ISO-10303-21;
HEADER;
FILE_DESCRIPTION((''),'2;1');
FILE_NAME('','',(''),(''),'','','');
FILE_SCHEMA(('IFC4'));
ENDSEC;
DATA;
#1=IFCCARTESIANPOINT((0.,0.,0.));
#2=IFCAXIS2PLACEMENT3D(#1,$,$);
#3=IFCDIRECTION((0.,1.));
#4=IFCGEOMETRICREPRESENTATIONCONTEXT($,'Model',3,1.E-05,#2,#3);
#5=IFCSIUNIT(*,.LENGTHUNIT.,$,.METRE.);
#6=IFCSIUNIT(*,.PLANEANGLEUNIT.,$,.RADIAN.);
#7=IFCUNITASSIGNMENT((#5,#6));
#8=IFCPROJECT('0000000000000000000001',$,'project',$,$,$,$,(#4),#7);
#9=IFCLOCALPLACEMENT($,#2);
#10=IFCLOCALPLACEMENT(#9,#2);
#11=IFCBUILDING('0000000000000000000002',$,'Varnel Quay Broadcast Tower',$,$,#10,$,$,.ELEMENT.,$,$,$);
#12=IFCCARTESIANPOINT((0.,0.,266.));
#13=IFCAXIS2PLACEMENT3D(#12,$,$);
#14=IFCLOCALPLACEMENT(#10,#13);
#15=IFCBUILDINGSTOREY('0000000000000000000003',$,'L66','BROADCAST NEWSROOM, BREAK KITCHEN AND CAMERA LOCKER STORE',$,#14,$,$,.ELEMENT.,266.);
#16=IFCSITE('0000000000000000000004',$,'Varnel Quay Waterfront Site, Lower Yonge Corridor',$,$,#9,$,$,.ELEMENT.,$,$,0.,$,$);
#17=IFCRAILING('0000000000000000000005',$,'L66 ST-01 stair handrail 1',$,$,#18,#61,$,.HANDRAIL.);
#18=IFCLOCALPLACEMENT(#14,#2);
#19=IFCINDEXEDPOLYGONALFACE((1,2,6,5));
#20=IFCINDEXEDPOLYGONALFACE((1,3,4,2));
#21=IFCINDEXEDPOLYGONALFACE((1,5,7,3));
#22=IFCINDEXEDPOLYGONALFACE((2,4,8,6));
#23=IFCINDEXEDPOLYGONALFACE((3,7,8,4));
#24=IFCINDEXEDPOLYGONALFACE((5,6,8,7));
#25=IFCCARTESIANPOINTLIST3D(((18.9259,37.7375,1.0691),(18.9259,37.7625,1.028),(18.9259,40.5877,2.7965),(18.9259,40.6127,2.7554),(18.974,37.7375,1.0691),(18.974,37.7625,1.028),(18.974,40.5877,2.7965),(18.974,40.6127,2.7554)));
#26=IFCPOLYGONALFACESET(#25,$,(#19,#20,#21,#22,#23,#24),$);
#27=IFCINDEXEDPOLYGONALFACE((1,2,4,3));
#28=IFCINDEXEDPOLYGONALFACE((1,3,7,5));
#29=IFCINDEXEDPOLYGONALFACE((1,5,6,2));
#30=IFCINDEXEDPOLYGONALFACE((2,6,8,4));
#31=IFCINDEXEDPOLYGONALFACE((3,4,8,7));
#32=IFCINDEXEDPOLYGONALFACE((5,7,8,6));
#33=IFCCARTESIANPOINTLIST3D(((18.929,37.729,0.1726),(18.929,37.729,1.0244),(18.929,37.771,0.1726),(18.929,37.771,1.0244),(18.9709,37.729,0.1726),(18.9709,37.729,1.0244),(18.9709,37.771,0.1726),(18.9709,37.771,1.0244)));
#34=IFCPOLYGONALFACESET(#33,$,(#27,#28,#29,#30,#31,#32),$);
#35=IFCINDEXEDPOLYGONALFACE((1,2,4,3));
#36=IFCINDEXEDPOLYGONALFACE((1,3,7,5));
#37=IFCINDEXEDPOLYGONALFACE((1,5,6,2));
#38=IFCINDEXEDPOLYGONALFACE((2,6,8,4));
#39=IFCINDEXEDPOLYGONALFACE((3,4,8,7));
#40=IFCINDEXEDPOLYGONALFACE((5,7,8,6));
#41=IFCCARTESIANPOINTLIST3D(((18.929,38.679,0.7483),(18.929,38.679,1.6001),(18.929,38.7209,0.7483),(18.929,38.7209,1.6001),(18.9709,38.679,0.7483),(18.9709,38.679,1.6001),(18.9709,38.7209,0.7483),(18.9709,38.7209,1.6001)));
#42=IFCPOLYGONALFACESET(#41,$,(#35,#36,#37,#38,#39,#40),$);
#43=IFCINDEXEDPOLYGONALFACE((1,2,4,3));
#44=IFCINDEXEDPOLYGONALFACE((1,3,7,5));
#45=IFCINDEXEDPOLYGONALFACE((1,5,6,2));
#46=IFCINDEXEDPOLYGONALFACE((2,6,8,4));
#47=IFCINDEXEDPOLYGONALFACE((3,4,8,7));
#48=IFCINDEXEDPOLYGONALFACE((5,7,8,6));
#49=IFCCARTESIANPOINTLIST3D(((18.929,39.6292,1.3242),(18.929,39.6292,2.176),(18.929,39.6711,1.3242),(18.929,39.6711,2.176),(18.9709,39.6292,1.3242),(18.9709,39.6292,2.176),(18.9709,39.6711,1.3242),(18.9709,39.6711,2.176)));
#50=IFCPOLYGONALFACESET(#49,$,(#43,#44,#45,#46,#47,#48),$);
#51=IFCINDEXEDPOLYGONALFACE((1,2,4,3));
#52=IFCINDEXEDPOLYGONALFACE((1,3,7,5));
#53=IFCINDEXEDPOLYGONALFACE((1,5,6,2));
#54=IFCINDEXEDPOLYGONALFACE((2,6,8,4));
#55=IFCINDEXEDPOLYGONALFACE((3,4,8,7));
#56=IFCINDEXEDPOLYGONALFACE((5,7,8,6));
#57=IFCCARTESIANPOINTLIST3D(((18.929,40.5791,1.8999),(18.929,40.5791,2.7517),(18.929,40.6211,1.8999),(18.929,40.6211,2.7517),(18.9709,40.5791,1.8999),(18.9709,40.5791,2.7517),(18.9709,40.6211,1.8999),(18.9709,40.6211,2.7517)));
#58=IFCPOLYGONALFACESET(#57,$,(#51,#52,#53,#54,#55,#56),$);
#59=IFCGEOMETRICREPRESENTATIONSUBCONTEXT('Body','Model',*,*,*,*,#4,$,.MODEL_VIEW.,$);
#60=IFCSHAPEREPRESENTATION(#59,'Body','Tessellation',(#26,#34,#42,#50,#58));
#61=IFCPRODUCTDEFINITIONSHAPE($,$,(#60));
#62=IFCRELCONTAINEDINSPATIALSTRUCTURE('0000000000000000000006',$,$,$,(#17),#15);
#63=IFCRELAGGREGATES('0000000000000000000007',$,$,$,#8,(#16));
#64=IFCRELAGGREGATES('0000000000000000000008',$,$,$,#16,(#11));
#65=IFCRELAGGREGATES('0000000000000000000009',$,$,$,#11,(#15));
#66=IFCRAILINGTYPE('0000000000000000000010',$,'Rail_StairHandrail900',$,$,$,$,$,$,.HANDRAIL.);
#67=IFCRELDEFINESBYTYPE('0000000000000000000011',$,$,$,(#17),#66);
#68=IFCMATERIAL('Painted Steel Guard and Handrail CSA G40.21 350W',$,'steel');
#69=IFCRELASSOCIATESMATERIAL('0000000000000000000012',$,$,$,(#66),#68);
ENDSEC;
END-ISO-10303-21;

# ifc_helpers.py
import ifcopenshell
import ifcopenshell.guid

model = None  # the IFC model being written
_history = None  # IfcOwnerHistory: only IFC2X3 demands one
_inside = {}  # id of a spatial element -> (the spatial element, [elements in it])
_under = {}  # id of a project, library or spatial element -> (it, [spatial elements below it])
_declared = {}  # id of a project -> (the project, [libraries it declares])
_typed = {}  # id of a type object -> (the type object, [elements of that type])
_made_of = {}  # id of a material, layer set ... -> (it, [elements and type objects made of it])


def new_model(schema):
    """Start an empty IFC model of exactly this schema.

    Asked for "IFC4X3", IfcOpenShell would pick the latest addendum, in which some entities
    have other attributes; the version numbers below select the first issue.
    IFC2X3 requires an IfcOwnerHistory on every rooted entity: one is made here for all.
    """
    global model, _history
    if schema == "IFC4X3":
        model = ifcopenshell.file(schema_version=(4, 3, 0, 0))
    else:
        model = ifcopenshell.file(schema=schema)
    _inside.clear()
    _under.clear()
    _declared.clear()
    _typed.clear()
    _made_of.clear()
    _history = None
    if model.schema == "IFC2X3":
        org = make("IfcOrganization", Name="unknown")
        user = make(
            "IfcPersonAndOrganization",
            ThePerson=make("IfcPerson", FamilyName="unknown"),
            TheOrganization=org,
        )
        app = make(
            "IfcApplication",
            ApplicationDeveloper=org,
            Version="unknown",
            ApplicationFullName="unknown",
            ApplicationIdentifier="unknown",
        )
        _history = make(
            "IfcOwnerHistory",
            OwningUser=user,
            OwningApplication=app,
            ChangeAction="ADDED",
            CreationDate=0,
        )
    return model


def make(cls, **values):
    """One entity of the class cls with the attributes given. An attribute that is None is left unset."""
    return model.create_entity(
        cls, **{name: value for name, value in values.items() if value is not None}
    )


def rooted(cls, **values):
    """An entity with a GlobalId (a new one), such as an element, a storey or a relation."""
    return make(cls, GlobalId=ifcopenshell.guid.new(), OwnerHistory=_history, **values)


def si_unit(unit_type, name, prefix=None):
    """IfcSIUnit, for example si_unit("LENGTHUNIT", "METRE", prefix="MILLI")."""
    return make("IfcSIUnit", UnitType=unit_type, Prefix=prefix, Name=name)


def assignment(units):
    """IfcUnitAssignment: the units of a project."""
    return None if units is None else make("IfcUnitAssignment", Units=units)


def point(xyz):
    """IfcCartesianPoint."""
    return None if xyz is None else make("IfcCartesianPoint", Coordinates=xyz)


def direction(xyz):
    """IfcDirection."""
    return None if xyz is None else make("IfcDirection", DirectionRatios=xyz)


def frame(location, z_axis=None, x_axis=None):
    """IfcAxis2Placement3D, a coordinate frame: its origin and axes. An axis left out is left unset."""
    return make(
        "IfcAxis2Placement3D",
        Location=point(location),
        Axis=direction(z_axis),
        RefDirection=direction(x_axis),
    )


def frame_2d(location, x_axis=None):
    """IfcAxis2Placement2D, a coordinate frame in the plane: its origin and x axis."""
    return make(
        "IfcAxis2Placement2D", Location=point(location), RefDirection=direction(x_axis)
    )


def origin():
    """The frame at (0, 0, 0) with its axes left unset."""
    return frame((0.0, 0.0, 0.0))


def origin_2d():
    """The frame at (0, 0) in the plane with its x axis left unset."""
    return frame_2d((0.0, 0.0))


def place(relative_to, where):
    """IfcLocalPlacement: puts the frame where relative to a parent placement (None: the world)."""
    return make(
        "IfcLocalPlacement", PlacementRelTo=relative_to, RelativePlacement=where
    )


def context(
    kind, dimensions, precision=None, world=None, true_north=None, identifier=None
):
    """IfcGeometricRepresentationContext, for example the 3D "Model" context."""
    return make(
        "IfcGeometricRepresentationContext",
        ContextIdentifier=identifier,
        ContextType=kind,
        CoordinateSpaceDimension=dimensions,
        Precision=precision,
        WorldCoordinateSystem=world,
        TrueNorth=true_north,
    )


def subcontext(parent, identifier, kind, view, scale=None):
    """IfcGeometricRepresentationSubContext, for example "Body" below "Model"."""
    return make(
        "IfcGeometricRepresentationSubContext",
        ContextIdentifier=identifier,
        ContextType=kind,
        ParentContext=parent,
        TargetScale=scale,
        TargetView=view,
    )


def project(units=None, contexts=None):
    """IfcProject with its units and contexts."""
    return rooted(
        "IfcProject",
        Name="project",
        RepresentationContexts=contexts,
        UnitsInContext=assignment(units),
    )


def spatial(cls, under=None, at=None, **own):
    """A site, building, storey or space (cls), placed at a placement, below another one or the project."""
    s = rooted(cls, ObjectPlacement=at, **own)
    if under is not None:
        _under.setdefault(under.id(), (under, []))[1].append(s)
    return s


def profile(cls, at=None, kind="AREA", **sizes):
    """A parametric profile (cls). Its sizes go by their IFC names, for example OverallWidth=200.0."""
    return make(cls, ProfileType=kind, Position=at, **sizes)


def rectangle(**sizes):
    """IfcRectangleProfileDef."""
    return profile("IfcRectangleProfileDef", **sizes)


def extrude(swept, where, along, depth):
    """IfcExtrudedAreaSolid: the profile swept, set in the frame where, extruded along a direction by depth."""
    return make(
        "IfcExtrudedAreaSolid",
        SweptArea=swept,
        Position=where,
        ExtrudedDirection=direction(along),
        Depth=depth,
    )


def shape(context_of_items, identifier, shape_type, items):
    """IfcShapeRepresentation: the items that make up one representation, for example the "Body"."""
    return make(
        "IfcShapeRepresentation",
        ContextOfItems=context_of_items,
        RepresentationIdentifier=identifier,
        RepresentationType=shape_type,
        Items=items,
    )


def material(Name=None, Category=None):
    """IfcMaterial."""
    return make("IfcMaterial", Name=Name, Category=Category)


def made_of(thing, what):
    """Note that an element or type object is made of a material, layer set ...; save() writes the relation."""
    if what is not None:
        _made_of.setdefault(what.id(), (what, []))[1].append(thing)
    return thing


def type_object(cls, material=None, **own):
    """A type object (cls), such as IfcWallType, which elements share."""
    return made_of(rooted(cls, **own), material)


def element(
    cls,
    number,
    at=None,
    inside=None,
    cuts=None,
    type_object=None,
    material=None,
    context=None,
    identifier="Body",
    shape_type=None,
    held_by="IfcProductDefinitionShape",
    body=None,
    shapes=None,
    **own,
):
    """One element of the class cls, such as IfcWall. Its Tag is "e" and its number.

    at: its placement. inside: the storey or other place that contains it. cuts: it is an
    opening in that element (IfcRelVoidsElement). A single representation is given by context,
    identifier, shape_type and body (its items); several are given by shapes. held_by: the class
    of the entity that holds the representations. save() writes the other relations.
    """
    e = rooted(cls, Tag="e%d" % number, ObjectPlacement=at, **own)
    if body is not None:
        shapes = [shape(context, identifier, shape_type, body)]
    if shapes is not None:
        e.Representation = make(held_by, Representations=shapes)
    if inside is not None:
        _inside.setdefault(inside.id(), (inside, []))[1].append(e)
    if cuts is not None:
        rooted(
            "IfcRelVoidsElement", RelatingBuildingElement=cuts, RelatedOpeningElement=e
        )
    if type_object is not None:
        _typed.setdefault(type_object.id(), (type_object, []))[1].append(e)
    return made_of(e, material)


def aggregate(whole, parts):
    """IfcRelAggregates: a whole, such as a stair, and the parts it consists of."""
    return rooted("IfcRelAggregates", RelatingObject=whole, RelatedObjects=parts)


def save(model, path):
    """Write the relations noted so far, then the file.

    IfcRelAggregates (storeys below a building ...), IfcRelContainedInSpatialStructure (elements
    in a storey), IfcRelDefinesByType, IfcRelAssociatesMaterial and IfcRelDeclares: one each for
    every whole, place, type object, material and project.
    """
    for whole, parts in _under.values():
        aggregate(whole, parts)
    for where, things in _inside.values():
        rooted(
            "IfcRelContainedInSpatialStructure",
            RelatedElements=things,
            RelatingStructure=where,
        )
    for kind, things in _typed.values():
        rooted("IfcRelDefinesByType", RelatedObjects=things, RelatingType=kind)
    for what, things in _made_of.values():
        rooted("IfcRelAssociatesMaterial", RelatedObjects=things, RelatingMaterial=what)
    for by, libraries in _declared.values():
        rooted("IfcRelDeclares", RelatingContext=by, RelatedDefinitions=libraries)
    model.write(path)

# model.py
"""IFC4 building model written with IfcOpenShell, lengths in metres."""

from ifc_helpers import new_model, si_unit, direction, frame, origin, origin_2d, place, context, subcontext, project, spatial, rectangle, extrude, material, type_object, element, save


model = new_model("IFC4")

# Units and contexts
model_context = context("Model", 3, precision=1e-05, world=origin(), true_north=direction((0.0, 1.0)))
body_context = subcontext(model_context, "Body", "Model", "MODEL_VIEW")
ifc_project = project(units=[si_unit("LENGTHUNIT", "METRE"), si_unit("PLANEANGLEUNIT", "RADIAN")], contexts=[model_context])

# Site, building, storey
site_placement = place(None, origin())
site = spatial("IfcSite", under=ifc_project, at=site_placement, Name="Varnel Quay Waterfront Site, Lower Yonge Corridor", CompositionType="ELEMENT", RefElevation=0.0)
building_placement = place(site_placement, origin())
building = spatial("IfcBuilding", under=site, at=building_placement, Name="Varnel Quay Broadcast Tower", CompositionType="ELEMENT")
storey_placement = place(building_placement, frame((0.0, 0.0, 266.0)))
storey = spatial("IfcBuildingStorey", under=building, at=storey_placement, Name="L66", Description="BROADCAST NEWSROOM, BREAK KITCHEN AND CAMERA LOCKER STORE", CompositionType="ELEMENT", Elevation=266.0)

# Railing
ifc_material_1 = material(Name="Painted Steel Guard and Handrail CSA G40.21 350W", Category="steel")
railing_type_1 = type_object("IfcRailingType", Name="Rail_StairHandrail900", PredefinedType="HANDRAIL", material=ifc_material_1)
railing_1_placement = place(storey_placement, frame((18.95, 37.75, 0.1726)))
element("IfcRailing", 1, at=railing_1_placement, inside=storey, type_object=railing_type_1, Name="L66 ST-01 stair handrail 1", PredefinedType="HANDRAIL", context=body_context, shape_type="SweptSolid", body=[
    extrude(rectangle(XDim=0.0481, YDim=0.0481, at=origin_2d()), frame((0.0, 0.0, 0.876), z_axis=(0.0, 0.855203, 0.518294), x_axis=(-1.0, 0.0, 0.0)), (0.0, 0.0, 1.0), 3.3328),
    extrude(rectangle(XDim=0.042, YDim=0.042, at=origin_2d()), origin(), (0.0, 0.0, 1.0), 0.8518),
    extrude(rectangle(XDim=0.042, YDim=0.042, at=origin_2d()), frame((0.0, 0.95, 0.5757)), (0.0, 0.0, 1.0), 0.8518),
    extrude(rectangle(XDim=0.042, YDim=0.042, at=origin_2d()), frame((0.0, 1.9001, 1.1516)), (0.0, 0.0, 1.0), 0.8518),
    extrude(rectangle(XDim=0.042, YDim=0.042, at=origin_2d()), frame((0.0, 2.8501, 1.7273)), (0.0, 0.0, 1.0), 0.8518),
])

save(model, "model.ifc")
